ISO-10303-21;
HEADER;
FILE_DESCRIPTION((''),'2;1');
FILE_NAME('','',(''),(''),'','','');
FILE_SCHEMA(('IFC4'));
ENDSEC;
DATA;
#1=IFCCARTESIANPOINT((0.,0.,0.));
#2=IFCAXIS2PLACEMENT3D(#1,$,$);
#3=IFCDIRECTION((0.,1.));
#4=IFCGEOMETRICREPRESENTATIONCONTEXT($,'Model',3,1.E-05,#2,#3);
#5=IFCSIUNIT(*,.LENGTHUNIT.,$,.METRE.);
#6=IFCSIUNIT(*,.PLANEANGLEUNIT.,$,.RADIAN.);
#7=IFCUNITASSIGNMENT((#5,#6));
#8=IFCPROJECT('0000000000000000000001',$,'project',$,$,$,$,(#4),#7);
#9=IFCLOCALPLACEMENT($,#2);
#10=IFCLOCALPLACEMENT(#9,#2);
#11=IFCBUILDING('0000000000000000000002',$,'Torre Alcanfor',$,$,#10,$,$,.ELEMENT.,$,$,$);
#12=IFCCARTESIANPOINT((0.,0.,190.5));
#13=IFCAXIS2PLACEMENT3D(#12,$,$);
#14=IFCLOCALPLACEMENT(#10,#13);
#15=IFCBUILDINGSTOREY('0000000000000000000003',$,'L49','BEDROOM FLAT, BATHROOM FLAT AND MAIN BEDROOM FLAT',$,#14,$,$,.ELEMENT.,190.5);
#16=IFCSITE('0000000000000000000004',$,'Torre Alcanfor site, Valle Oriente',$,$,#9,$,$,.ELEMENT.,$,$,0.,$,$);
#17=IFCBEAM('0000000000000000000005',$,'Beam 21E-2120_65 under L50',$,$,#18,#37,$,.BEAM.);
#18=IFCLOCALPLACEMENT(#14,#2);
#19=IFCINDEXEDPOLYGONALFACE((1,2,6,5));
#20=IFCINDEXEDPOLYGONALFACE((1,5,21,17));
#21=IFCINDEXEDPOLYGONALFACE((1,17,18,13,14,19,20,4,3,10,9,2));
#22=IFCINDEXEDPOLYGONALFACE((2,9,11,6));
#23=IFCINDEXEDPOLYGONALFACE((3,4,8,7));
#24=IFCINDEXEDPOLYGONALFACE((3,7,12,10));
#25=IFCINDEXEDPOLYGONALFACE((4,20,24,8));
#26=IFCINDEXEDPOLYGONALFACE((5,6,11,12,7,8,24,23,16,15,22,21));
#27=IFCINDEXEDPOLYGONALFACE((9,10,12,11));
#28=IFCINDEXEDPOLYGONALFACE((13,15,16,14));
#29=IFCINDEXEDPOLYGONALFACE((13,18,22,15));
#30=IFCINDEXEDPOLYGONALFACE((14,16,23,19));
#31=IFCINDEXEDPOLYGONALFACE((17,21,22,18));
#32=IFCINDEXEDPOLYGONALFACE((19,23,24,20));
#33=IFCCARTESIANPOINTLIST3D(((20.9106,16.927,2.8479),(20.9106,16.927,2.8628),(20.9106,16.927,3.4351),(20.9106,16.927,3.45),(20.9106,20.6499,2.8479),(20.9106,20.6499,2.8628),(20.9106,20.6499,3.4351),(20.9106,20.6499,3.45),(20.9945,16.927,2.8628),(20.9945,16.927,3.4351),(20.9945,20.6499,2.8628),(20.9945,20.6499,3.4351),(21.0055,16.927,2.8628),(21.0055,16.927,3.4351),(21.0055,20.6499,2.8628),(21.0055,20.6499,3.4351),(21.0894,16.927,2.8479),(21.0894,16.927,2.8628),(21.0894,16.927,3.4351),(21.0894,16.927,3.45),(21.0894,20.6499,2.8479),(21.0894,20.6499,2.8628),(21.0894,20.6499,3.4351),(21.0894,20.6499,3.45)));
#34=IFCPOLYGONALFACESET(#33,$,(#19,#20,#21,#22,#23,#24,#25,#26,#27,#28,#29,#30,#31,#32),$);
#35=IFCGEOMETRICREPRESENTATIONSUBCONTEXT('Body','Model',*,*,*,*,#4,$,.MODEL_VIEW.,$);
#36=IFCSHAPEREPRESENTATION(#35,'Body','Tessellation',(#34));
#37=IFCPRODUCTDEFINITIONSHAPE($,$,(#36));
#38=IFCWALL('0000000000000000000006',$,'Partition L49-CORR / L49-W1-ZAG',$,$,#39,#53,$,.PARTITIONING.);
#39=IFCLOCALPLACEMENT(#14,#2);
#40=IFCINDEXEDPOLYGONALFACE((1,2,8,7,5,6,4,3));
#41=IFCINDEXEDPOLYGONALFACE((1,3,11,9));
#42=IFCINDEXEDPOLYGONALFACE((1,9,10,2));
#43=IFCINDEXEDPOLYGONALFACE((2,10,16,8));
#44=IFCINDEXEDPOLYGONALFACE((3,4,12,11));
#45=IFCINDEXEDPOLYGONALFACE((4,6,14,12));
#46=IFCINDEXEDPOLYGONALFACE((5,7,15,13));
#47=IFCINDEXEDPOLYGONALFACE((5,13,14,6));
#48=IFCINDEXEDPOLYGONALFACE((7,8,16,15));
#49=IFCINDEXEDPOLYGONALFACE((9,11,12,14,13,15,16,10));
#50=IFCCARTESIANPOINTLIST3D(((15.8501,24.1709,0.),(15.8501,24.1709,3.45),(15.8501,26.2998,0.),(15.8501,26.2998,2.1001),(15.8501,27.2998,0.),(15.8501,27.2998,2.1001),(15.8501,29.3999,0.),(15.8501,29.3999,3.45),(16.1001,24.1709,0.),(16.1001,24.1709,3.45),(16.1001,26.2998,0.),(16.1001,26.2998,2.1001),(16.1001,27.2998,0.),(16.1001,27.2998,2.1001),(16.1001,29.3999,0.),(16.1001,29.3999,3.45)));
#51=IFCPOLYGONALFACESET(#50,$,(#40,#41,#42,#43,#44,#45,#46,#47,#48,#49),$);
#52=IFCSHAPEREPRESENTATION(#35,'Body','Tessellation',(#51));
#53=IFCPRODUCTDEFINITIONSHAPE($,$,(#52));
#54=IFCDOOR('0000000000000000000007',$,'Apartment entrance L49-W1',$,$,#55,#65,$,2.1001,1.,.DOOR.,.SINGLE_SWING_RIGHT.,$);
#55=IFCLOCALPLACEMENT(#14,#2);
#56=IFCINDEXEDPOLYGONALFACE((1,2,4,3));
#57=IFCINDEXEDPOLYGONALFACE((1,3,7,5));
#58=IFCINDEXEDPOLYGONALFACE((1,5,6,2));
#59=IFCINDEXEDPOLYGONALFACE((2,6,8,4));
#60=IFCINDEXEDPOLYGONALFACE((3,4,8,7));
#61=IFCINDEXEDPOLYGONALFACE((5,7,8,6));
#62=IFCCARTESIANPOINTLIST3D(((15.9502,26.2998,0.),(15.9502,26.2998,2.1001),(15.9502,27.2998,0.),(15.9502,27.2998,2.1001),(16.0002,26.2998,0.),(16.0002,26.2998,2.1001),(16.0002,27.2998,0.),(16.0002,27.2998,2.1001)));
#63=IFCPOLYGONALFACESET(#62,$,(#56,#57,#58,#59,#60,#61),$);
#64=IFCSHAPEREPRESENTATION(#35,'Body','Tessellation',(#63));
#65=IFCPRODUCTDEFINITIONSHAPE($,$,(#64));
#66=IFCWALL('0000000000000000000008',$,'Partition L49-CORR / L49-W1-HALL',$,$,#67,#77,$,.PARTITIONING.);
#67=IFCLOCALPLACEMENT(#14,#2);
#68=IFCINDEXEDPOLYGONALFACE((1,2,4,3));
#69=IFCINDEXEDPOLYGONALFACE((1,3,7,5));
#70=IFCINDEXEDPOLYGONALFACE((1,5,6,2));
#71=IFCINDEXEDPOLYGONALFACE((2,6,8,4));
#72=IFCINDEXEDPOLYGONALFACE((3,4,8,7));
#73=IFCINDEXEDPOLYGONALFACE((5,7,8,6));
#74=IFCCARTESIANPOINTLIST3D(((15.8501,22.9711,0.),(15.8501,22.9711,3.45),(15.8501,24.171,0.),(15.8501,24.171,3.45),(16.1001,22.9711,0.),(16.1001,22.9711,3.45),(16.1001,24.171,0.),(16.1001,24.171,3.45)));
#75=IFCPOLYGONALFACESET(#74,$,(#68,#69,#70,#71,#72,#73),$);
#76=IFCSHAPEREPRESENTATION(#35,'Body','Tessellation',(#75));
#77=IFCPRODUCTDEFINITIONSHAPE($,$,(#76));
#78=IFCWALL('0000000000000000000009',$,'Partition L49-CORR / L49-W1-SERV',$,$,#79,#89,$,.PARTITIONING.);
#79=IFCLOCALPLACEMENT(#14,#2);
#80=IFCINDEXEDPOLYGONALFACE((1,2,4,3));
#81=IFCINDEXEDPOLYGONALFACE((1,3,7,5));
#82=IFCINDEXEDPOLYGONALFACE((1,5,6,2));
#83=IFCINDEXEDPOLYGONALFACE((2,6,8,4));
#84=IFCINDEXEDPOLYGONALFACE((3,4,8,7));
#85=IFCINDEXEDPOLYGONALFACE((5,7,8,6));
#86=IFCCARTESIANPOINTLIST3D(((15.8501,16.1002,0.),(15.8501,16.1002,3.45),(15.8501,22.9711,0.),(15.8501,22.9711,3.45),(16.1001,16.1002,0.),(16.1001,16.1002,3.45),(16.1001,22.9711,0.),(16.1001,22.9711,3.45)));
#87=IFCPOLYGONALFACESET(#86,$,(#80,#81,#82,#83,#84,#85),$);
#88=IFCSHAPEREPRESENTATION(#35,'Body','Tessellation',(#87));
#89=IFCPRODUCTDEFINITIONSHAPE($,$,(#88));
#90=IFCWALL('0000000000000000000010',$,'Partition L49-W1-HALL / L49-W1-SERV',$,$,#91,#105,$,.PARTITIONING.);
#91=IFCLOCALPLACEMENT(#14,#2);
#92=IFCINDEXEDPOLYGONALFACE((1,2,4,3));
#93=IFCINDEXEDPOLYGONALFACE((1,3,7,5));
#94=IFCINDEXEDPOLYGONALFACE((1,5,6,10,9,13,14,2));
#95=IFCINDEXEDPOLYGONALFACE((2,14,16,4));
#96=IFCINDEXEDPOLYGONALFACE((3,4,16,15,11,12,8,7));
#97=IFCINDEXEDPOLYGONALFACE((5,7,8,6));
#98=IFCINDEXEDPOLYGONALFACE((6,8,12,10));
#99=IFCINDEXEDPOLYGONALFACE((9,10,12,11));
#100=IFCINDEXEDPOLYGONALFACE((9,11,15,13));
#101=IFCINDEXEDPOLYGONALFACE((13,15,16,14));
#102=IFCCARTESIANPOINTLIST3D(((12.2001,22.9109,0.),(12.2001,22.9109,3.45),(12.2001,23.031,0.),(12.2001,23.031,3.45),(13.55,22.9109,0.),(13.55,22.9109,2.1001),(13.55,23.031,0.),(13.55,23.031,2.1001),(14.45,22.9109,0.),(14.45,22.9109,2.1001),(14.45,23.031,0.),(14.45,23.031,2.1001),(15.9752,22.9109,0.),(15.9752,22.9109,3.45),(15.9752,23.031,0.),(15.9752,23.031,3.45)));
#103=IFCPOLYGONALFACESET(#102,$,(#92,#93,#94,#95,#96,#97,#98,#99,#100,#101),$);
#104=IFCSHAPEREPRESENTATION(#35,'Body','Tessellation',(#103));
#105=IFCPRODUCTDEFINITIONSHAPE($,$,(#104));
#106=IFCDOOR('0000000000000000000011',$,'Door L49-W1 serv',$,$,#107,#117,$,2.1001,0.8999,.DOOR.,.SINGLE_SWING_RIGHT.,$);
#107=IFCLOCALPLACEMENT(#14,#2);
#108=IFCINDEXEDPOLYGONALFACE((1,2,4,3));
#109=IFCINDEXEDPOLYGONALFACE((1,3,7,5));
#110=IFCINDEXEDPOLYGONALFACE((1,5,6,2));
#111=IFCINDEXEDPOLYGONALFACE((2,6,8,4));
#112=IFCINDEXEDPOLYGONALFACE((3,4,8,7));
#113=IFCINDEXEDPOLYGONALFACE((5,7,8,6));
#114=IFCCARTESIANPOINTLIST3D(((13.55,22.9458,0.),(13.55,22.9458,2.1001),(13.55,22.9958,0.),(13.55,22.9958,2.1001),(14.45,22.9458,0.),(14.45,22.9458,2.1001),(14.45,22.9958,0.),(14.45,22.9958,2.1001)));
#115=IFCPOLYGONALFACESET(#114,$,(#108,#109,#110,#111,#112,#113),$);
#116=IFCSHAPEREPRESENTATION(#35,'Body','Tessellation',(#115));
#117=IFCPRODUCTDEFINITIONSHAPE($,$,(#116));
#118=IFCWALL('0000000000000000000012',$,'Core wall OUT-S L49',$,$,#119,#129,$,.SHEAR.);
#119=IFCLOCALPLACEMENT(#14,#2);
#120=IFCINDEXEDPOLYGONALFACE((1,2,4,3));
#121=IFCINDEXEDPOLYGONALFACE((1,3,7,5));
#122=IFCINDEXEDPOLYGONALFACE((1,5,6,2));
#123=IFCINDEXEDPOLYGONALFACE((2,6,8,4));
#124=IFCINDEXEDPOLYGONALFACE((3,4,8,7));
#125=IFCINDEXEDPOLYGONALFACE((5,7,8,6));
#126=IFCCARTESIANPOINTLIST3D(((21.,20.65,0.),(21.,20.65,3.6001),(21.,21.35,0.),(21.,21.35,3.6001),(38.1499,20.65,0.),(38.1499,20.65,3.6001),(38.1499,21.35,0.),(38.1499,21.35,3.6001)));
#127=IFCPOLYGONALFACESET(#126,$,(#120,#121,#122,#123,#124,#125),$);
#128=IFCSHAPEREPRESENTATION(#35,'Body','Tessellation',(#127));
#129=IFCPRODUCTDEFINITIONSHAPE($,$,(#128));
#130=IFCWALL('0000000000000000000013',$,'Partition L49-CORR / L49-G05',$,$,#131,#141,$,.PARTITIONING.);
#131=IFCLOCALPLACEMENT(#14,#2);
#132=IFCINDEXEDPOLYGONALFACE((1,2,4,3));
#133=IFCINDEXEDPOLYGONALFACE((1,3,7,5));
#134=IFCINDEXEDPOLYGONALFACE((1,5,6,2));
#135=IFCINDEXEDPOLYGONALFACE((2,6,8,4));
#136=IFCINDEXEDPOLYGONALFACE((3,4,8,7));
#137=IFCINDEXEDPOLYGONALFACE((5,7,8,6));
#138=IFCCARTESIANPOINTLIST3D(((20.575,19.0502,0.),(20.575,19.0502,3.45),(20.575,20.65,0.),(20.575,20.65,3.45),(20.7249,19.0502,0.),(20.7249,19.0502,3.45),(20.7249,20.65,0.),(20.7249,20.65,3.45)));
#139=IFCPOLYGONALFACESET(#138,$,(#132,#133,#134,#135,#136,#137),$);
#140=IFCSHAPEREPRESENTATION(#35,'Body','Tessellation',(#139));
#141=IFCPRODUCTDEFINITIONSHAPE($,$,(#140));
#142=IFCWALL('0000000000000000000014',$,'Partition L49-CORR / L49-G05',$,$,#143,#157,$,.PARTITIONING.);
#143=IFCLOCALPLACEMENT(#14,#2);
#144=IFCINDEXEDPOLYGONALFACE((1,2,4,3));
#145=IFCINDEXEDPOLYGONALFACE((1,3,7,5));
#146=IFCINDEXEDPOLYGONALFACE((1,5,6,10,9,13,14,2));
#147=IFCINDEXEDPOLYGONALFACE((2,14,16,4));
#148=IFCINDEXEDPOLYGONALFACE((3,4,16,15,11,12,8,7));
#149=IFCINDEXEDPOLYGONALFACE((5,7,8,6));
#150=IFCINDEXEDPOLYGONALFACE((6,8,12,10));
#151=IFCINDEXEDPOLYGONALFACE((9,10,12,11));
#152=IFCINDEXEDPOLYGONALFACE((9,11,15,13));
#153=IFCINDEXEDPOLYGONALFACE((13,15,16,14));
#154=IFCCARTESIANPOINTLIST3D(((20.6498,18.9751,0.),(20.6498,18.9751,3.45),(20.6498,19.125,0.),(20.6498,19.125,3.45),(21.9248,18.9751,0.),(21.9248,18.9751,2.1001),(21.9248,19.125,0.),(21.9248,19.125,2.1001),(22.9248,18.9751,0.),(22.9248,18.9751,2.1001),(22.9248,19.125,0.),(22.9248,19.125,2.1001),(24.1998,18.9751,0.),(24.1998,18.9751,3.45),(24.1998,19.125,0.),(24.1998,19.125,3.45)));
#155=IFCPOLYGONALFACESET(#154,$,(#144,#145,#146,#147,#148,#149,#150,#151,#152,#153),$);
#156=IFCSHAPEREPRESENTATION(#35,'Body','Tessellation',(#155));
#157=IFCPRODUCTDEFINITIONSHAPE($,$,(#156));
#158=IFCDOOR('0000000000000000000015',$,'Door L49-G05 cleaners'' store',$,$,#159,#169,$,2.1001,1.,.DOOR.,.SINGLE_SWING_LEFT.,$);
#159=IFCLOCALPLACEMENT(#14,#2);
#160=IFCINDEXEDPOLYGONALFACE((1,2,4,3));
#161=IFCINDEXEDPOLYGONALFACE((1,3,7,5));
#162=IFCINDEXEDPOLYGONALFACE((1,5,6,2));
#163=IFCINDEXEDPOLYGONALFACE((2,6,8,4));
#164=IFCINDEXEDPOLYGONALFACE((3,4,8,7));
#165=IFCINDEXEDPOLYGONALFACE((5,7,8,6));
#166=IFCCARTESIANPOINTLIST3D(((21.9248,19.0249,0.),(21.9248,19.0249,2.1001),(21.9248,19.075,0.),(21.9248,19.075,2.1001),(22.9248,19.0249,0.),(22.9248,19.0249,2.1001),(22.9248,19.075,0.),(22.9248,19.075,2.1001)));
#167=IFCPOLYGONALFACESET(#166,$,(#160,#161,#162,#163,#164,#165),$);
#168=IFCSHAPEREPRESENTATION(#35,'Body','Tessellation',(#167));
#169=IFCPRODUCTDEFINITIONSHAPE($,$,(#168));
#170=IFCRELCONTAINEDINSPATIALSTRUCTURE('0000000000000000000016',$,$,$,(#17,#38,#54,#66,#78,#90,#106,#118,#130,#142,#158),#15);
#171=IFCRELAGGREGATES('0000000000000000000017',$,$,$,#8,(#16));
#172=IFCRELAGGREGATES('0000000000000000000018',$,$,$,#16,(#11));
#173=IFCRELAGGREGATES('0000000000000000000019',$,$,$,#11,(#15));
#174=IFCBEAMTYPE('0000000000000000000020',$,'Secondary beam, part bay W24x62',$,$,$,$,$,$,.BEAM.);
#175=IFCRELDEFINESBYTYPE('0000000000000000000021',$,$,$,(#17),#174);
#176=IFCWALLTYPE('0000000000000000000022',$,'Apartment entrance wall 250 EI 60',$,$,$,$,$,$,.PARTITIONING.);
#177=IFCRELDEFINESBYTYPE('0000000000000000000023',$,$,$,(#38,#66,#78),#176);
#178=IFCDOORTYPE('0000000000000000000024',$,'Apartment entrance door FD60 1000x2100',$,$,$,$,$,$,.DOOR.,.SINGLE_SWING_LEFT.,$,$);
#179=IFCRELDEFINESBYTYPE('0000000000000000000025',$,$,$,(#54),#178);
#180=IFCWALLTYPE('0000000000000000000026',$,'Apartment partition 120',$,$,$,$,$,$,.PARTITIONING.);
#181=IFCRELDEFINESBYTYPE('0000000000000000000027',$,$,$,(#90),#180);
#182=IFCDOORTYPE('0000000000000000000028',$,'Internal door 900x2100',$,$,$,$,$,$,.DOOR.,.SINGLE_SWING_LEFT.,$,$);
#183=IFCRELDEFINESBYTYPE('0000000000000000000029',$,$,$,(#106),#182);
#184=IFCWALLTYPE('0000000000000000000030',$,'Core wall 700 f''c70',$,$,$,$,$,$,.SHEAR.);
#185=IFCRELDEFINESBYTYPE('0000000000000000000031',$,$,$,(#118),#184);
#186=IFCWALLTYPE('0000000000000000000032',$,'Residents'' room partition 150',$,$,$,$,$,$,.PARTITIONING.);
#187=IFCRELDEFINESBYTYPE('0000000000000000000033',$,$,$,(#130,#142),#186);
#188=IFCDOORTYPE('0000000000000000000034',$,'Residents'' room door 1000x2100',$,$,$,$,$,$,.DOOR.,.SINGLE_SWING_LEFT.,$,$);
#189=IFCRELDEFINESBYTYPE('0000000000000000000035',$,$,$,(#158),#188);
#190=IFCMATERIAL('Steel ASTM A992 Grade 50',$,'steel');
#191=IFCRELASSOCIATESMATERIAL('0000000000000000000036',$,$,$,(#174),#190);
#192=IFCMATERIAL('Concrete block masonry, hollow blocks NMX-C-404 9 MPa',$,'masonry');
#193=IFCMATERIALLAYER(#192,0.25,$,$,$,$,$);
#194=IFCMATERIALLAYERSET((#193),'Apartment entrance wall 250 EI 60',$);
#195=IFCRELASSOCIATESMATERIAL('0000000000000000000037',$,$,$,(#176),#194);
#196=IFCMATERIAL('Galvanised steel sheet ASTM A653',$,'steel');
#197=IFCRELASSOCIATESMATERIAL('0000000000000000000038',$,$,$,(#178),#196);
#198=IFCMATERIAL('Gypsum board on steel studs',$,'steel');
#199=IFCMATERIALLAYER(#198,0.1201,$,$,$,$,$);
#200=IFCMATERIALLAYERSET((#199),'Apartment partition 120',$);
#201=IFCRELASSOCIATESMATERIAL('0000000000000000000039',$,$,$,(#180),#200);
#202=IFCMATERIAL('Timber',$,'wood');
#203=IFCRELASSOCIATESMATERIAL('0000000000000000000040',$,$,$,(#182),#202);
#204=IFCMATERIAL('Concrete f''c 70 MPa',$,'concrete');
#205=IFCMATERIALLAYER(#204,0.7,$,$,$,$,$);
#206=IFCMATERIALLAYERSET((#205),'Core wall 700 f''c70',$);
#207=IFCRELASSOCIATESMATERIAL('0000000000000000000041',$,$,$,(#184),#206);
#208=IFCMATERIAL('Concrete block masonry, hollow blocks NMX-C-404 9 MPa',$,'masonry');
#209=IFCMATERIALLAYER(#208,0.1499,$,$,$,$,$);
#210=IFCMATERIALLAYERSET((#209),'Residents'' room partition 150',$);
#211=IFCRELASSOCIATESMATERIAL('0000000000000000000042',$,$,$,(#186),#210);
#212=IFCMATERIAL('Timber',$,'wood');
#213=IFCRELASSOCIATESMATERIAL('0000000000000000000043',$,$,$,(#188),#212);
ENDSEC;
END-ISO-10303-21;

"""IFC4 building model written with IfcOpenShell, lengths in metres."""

from ifc_helpers import new_model, si_unit, direction, frame, frame_2d, origin, origin_2d, place, context, subcontext, project, spatial, rectangle, i_section, extrude, material, layer, layer_set, material_profile, profile_set, type_object, element, fill, save


model = new_model("IFC4")

# Units and contexts
model_context = context("Model", 3, precision=1e-05, world=origin(), true_north=direction((0.0, 1.0)))
body_context = subcontext(model_context, "Body", "Model", "MODEL_VIEW")
ifc_project = project(units=[si_unit("LENGTHUNIT", "METRE"), si_unit("PLANEANGLEUNIT", "RADIAN")], contexts=[model_context])

# Site, building, storey
site_placement = place(None, origin())
site = spatial("IfcSite", under=ifc_project, at=site_placement, Name="Torre Alcanfor site, Valle Oriente", CompositionType="ELEMENT", RefElevation=0.0)
building_placement = place(site_placement, origin())
building = spatial("IfcBuilding", under=site, at=building_placement, Name="Torre Alcanfor", CompositionType="ELEMENT")
storey_placement = place(building_placement, frame((0.0, 0.0, 190.5)))
storey = spatial("IfcBuildingStorey", under=building, at=storey_placement, Name="L49", Description="BEDROOM FLAT, BATHROOM FLAT AND MAIN BEDROOM FLAT", CompositionType="ELEMENT", Elevation=190.5)

# Beam
ifc_material_1 = material(Name="Steel ASTM A992 Grade 50", Category="steel")
ifc_material_profile_1 = material_profile(ifc_material_1, i_section(OverallWidth=0.1787, OverallDepth=0.6021, WebThickness=0.011, FlangeThickness=0.0149, at=origin_2d()), Name="W24x62")
ifc_profile_set_1 = profile_set([ifc_material_profile_1], Name="Steel ASTM A992 Grade 50")
beam_type_1 = type_object("IfcBeamType", Name="Secondary beam, part bay W24x62", PredefinedType="BEAM", material=ifc_profile_set_1)
beam_1_placement = place(storey_placement, frame((21.0, 16.927, 3.1489), z_axis=(0.0, 1.0, 0.0), x_axis=(-1.0, 0.0, 0.0)))
element("IfcBeam", 1, at=beam_1_placement, inside=storey, type_object=beam_type_1, Name="Beam 21E-2120_65 under L50", PredefinedType="BEAM", context=body_context, shape_type="SweptSolid", body=[
    extrude(i_section(OverallWidth=0.1787, OverallDepth=0.6021, WebThickness=0.011, FlangeThickness=0.0149, at=origin_2d()), origin(), (0.0, 0.0, 1.0), 3.7229),
])

# Wall, opening, door
ifc_material_2 = material(Name="Concrete block masonry, hollow blocks NMX-C-404 9 MPa", Category="masonry")
ifc_layer_1 = layer(ifc_material_2, 0.25)
ifc_layer_set_1 = layer_set([ifc_layer_1], Name="Apartment entrance wall 250 EI 60")
wall_type_1 = type_object("IfcWallType", Name="Apartment entrance wall 250 EI 60", PredefinedType="PARTITIONING", material=ifc_layer_set_1)
wall_1_placement = place(storey_placement, frame((15.9751, 24.1709, 0.0), z_axis=(0.0, 0.0, 1.0), x_axis=(0.0, 1.0, 0.0)))
wall_1 = element("IfcWall", 2, at=wall_1_placement, inside=storey, type_object=wall_type_1, Name="Partition L49-CORR / L49-W1-ZAG", PredefinedType="PARTITIONING", context=body_context, shape_type="SweptSolid", body=[
    extrude(rectangle(XDim=5.229, YDim=0.25, at=frame_2d((2.6145, 0.0))), origin(), (0.0, 0.0, 1.0), 3.45),
])
opening_1_placement = place(wall_1_placement, frame((2.1289, 0.0, 0.0)))
opening_1 = element("IfcOpeningElement", 3, at=opening_1_placement, cuts=wall_1, PredefinedType="OPENING", context=body_context, shape_type="SweptSolid", body=[
    extrude(rectangle(XDim=1.0, YDim=2.1001, at=frame_2d((0.5, 1.05))), frame((0.0, 0.135, 0.0), z_axis=(0.0, -1.0, 0.0), x_axis=(1.0, 0.0, 0.0)), (0.0, 0.0, 1.0), 0.27),
])
ifc_material_3 = material(Name="Galvanised steel sheet ASTM A653", Category="steel")
door_type_1 = type_object("IfcDoorType", Name="Apartment entrance door FD60 1000x2100", OperationType="SINGLE_SWING_LEFT", PredefinedType="DOOR", material=ifc_material_3)
door_1_placement = place(opening_1_placement, origin())
door_1 = element("IfcDoor", 4, at=door_1_placement, inside=storey, type_object=door_type_1, Name="Apartment entrance L49-W1", OperationType="SINGLE_SWING_RIGHT", OverallHeight=2.1001, OverallWidth=1.0, PredefinedType="DOOR", context=body_context, shape_type="SweptSolid", body=[
    extrude(rectangle(XDim=1.0, YDim=2.1001, at=frame_2d((0.5, 1.05))), frame((0.0, 0.0249, 0.0), z_axis=(0.0, -1.0, 0.0), x_axis=(1.0, 0.0, 0.0)), (0.0, 0.0, 1.0), 0.05),
])
fill(opening_1, door_1)

# Walls
wall_2_placement = place(storey_placement, frame((15.9751, 22.9709, 0.0), z_axis=(0.0, 0.0, 1.0), x_axis=(0.0, 1.0, 0.0)))
element("IfcWall", 5, at=wall_2_placement, inside=storey, type_object=wall_type_1, Name="Partition L49-CORR / L49-W1-HALL", PredefinedType="PARTITIONING", context=body_context, shape_type="SweptSolid", body=[
    extrude(rectangle(XDim=1.2, YDim=0.25, at=frame_2d((0.6001, 0.0))), origin(), (0.0, 0.0, 1.0), 3.45),
])
wall_3_placement = place(storey_placement, frame((15.9751, 16.1001, 0.0), z_axis=(0.0, 0.0, 1.0), x_axis=(0.0, 1.0, 0.0)))
element("IfcWall", 6, at=wall_3_placement, inside=storey, type_object=wall_type_1, Name="Partition L49-CORR / L49-W1-SERV", PredefinedType="PARTITIONING", context=body_context, shape_type="SweptSolid", body=[
    extrude(rectangle(XDim=6.8708, YDim=0.25, at=frame_2d((3.4355, 0.0))), origin(), (0.0, 0.0, 1.0), 3.45),
])

# Wall, opening, door
ifc_material_4 = material(Name="Gypsum board on steel studs", Category="steel")
ifc_layer_2 = layer(ifc_material_4, 0.1201)
ifc_layer_set_2 = layer_set([ifc_layer_2], Name="Apartment partition 120")
wall_type_2 = type_object("IfcWallType", Name="Apartment partition 120", PredefinedType="PARTITIONING", material=ifc_layer_set_2)
wall_4_placement = place(storey_placement, frame((12.2, 22.9709, 0.0), z_axis=(0.0, 0.0, 1.0), x_axis=(1.0, 0.0, 0.0)))
wall_4 = element("IfcWall", 7, at=wall_4_placement, inside=storey, type_object=wall_type_2, Name="Partition L49-W1-HALL / L49-W1-SERV", PredefinedType="PARTITIONING", context=body_context, shape_type="SweptSolid", body=[
    extrude(rectangle(XDim=3.7751, YDim=0.1201, at=frame_2d((1.8877, 0.0))), origin(), (0.0, 0.0, 1.0), 3.45),
])
opening_2_placement = place(wall_4_placement, frame((1.3501, 0.0, 0.0)))
opening_2 = element("IfcOpeningElement", 8, at=opening_2_placement, cuts=wall_4, PredefinedType="OPENING", context=body_context, shape_type="SweptSolid", body=[
    extrude(rectangle(XDim=0.8999, YDim=2.1001, at=frame_2d((0.45, 1.05))), frame((0.0, 0.0701, 0.0), z_axis=(0.0, -1.0, 0.0), x_axis=(1.0, 0.0, 0.0)), (0.0, 0.0, 1.0), 0.1401),
])
ifc_material_5 = material(Name="Timber", Category="wood")
door_type_2 = type_object("IfcDoorType", Name="Internal door 900x2100", OperationType="SINGLE_SWING_LEFT", PredefinedType="DOOR", material=ifc_material_5)
door_2_placement = place(opening_2_placement, frame((0.8999, 0.0, 0.0), z_axis=(0.0, 0.0, 1.0), x_axis=(-1.0, 0.0, 0.0)))
door_2 = element("IfcDoor", 9, at=door_2_placement, inside=storey, type_object=door_type_2, Name="Door L49-W1 serv", OperationType="SINGLE_SWING_RIGHT", OverallHeight=2.1001, OverallWidth=0.8999, PredefinedType="DOOR", context=body_context, shape_type="SweptSolid", body=[
    extrude(rectangle(XDim=0.8999, YDim=2.1001, at=frame_2d((0.45, 1.05))), frame((0.0, 0.0251, 0.0), z_axis=(0.0, -1.0, 0.0), x_axis=(1.0, 0.0, 0.0)), (0.0, 0.0, 1.0), 0.05),
])
fill(opening_2, door_2)

# Walls
ifc_material_6 = material(Name="Concrete f'c 70 MPa", Category="concrete")
ifc_layer_3 = layer(ifc_material_6, 0.7)
ifc_layer_set_3 = layer_set([ifc_layer_3], Name="Core wall 700 f'c70")
wall_type_3 = type_object("IfcWallType", Name="Core wall 700 f'c70", PredefinedType="SHEAR", material=ifc_layer_set_3)
wall_5_placement = place(storey_placement, frame((21.0, 21.0, 0.0), z_axis=(0.0, 0.0, 1.0), x_axis=(1.0, 0.0, 0.0)))
element("IfcWall", 10, at=wall_5_placement, inside=storey, type_object=wall_type_3, Name="Core wall OUT-S L49", PredefinedType="SHEAR", context=body_context, shape_type="SweptSolid", body=[
    extrude(rectangle(XDim=17.1499, YDim=0.7, at=frame_2d((8.575, 0.0))), origin(), (0.0, 0.0, 1.0), 3.6001),
])
ifc_material_7 = material(Name="Concrete block masonry, hollow blocks NMX-C-404 9 MPa", Category="masonry")
ifc_layer_4 = layer(ifc_material_7, 0.1499)
ifc_layer_set_4 = layer_set([ifc_layer_4], Name="Residents' room partition 150")
wall_type_4 = type_object("IfcWallType", Name="Residents' room partition 150", PredefinedType="PARTITIONING", material=ifc_layer_set_4)
wall_6_placement = place(storey_placement, frame((20.6499, 20.6499, 0.0), z_axis=(0.0, 0.0, 1.0), x_axis=(0.0, -1.0, 0.0)))
element("IfcWall", 11, at=wall_6_placement, inside=storey, type_object=wall_type_4, Name="Partition L49-CORR / L49-G05", PredefinedType="PARTITIONING", context=body_context, shape_type="SweptSolid", body=[
    extrude(rectangle(XDim=1.5999, YDim=0.1499, at=frame_2d((0.7998, 0.0))), origin(), (0.0, 0.0, 1.0), 3.45),
])

# Wall, opening, door
wall_7_placement = place(storey_placement, frame((20.6499, 19.05, 0.0), z_axis=(0.0, 0.0, 1.0), x_axis=(1.0, 0.0, 0.0)))
wall_7 = element("IfcWall", 12, at=wall_7_placement, inside=storey, type_object=wall_type_4, Name="Partition L49-CORR / L49-G05", PredefinedType="PARTITIONING", context=body_context, shape_type="SweptSolid", body=[
    extrude(rectangle(XDim=3.55, YDim=0.1499, at=frame_2d((1.7749, 0.0))), origin(), (0.0, 0.0, 1.0), 3.45),
])
opening_3_placement = place(wall_7_placement, frame((1.2749, 0.0, 0.0)))
opening_3 = element("IfcOpeningElement", 13, at=opening_3_placement, cuts=wall_7, PredefinedType="OPENING", context=body_context, shape_type="SweptSolid", body=[
    extrude(rectangle(XDim=1.0, YDim=2.1001, at=frame_2d((0.5, 1.05))), frame((0.0, 0.085, 0.0), z_axis=(0.0, -1.0, 0.0), x_axis=(1.0, 0.0, 0.0)), (0.0, 0.0, 1.0), 0.1699),
])
ifc_material_8 = material(Name="Timber", Category="wood")
door_type_3 = type_object("IfcDoorType", Name="Residents' room door 1000x2100", OperationType="SINGLE_SWING_LEFT", PredefinedType="DOOR", material=ifc_material_8)
door_3_placement = place(opening_3_placement, origin())
door_3 = element("IfcDoor", 14, at=door_3_placement, inside=storey, type_object=door_type_3, Name="Door L49-G05 cleaners' store", OperationType="SINGLE_SWING_LEFT", OverallHeight=2.1001, OverallWidth=1.0, PredefinedType="DOOR", context=body_context, shape_type="SweptSolid", body=[
    extrude(rectangle(XDim=1.0, YDim=2.1001, at=frame_2d((0.5, 1.05))), frame((0.0, 0.0249, 0.0), z_axis=(0.0, -1.0, 0.0), x_axis=(1.0, 0.0, 0.0)), (0.0, 0.0, 1.0), 0.05),
])
fill(opening_3, door_3)

save(model, "model.ifc")
